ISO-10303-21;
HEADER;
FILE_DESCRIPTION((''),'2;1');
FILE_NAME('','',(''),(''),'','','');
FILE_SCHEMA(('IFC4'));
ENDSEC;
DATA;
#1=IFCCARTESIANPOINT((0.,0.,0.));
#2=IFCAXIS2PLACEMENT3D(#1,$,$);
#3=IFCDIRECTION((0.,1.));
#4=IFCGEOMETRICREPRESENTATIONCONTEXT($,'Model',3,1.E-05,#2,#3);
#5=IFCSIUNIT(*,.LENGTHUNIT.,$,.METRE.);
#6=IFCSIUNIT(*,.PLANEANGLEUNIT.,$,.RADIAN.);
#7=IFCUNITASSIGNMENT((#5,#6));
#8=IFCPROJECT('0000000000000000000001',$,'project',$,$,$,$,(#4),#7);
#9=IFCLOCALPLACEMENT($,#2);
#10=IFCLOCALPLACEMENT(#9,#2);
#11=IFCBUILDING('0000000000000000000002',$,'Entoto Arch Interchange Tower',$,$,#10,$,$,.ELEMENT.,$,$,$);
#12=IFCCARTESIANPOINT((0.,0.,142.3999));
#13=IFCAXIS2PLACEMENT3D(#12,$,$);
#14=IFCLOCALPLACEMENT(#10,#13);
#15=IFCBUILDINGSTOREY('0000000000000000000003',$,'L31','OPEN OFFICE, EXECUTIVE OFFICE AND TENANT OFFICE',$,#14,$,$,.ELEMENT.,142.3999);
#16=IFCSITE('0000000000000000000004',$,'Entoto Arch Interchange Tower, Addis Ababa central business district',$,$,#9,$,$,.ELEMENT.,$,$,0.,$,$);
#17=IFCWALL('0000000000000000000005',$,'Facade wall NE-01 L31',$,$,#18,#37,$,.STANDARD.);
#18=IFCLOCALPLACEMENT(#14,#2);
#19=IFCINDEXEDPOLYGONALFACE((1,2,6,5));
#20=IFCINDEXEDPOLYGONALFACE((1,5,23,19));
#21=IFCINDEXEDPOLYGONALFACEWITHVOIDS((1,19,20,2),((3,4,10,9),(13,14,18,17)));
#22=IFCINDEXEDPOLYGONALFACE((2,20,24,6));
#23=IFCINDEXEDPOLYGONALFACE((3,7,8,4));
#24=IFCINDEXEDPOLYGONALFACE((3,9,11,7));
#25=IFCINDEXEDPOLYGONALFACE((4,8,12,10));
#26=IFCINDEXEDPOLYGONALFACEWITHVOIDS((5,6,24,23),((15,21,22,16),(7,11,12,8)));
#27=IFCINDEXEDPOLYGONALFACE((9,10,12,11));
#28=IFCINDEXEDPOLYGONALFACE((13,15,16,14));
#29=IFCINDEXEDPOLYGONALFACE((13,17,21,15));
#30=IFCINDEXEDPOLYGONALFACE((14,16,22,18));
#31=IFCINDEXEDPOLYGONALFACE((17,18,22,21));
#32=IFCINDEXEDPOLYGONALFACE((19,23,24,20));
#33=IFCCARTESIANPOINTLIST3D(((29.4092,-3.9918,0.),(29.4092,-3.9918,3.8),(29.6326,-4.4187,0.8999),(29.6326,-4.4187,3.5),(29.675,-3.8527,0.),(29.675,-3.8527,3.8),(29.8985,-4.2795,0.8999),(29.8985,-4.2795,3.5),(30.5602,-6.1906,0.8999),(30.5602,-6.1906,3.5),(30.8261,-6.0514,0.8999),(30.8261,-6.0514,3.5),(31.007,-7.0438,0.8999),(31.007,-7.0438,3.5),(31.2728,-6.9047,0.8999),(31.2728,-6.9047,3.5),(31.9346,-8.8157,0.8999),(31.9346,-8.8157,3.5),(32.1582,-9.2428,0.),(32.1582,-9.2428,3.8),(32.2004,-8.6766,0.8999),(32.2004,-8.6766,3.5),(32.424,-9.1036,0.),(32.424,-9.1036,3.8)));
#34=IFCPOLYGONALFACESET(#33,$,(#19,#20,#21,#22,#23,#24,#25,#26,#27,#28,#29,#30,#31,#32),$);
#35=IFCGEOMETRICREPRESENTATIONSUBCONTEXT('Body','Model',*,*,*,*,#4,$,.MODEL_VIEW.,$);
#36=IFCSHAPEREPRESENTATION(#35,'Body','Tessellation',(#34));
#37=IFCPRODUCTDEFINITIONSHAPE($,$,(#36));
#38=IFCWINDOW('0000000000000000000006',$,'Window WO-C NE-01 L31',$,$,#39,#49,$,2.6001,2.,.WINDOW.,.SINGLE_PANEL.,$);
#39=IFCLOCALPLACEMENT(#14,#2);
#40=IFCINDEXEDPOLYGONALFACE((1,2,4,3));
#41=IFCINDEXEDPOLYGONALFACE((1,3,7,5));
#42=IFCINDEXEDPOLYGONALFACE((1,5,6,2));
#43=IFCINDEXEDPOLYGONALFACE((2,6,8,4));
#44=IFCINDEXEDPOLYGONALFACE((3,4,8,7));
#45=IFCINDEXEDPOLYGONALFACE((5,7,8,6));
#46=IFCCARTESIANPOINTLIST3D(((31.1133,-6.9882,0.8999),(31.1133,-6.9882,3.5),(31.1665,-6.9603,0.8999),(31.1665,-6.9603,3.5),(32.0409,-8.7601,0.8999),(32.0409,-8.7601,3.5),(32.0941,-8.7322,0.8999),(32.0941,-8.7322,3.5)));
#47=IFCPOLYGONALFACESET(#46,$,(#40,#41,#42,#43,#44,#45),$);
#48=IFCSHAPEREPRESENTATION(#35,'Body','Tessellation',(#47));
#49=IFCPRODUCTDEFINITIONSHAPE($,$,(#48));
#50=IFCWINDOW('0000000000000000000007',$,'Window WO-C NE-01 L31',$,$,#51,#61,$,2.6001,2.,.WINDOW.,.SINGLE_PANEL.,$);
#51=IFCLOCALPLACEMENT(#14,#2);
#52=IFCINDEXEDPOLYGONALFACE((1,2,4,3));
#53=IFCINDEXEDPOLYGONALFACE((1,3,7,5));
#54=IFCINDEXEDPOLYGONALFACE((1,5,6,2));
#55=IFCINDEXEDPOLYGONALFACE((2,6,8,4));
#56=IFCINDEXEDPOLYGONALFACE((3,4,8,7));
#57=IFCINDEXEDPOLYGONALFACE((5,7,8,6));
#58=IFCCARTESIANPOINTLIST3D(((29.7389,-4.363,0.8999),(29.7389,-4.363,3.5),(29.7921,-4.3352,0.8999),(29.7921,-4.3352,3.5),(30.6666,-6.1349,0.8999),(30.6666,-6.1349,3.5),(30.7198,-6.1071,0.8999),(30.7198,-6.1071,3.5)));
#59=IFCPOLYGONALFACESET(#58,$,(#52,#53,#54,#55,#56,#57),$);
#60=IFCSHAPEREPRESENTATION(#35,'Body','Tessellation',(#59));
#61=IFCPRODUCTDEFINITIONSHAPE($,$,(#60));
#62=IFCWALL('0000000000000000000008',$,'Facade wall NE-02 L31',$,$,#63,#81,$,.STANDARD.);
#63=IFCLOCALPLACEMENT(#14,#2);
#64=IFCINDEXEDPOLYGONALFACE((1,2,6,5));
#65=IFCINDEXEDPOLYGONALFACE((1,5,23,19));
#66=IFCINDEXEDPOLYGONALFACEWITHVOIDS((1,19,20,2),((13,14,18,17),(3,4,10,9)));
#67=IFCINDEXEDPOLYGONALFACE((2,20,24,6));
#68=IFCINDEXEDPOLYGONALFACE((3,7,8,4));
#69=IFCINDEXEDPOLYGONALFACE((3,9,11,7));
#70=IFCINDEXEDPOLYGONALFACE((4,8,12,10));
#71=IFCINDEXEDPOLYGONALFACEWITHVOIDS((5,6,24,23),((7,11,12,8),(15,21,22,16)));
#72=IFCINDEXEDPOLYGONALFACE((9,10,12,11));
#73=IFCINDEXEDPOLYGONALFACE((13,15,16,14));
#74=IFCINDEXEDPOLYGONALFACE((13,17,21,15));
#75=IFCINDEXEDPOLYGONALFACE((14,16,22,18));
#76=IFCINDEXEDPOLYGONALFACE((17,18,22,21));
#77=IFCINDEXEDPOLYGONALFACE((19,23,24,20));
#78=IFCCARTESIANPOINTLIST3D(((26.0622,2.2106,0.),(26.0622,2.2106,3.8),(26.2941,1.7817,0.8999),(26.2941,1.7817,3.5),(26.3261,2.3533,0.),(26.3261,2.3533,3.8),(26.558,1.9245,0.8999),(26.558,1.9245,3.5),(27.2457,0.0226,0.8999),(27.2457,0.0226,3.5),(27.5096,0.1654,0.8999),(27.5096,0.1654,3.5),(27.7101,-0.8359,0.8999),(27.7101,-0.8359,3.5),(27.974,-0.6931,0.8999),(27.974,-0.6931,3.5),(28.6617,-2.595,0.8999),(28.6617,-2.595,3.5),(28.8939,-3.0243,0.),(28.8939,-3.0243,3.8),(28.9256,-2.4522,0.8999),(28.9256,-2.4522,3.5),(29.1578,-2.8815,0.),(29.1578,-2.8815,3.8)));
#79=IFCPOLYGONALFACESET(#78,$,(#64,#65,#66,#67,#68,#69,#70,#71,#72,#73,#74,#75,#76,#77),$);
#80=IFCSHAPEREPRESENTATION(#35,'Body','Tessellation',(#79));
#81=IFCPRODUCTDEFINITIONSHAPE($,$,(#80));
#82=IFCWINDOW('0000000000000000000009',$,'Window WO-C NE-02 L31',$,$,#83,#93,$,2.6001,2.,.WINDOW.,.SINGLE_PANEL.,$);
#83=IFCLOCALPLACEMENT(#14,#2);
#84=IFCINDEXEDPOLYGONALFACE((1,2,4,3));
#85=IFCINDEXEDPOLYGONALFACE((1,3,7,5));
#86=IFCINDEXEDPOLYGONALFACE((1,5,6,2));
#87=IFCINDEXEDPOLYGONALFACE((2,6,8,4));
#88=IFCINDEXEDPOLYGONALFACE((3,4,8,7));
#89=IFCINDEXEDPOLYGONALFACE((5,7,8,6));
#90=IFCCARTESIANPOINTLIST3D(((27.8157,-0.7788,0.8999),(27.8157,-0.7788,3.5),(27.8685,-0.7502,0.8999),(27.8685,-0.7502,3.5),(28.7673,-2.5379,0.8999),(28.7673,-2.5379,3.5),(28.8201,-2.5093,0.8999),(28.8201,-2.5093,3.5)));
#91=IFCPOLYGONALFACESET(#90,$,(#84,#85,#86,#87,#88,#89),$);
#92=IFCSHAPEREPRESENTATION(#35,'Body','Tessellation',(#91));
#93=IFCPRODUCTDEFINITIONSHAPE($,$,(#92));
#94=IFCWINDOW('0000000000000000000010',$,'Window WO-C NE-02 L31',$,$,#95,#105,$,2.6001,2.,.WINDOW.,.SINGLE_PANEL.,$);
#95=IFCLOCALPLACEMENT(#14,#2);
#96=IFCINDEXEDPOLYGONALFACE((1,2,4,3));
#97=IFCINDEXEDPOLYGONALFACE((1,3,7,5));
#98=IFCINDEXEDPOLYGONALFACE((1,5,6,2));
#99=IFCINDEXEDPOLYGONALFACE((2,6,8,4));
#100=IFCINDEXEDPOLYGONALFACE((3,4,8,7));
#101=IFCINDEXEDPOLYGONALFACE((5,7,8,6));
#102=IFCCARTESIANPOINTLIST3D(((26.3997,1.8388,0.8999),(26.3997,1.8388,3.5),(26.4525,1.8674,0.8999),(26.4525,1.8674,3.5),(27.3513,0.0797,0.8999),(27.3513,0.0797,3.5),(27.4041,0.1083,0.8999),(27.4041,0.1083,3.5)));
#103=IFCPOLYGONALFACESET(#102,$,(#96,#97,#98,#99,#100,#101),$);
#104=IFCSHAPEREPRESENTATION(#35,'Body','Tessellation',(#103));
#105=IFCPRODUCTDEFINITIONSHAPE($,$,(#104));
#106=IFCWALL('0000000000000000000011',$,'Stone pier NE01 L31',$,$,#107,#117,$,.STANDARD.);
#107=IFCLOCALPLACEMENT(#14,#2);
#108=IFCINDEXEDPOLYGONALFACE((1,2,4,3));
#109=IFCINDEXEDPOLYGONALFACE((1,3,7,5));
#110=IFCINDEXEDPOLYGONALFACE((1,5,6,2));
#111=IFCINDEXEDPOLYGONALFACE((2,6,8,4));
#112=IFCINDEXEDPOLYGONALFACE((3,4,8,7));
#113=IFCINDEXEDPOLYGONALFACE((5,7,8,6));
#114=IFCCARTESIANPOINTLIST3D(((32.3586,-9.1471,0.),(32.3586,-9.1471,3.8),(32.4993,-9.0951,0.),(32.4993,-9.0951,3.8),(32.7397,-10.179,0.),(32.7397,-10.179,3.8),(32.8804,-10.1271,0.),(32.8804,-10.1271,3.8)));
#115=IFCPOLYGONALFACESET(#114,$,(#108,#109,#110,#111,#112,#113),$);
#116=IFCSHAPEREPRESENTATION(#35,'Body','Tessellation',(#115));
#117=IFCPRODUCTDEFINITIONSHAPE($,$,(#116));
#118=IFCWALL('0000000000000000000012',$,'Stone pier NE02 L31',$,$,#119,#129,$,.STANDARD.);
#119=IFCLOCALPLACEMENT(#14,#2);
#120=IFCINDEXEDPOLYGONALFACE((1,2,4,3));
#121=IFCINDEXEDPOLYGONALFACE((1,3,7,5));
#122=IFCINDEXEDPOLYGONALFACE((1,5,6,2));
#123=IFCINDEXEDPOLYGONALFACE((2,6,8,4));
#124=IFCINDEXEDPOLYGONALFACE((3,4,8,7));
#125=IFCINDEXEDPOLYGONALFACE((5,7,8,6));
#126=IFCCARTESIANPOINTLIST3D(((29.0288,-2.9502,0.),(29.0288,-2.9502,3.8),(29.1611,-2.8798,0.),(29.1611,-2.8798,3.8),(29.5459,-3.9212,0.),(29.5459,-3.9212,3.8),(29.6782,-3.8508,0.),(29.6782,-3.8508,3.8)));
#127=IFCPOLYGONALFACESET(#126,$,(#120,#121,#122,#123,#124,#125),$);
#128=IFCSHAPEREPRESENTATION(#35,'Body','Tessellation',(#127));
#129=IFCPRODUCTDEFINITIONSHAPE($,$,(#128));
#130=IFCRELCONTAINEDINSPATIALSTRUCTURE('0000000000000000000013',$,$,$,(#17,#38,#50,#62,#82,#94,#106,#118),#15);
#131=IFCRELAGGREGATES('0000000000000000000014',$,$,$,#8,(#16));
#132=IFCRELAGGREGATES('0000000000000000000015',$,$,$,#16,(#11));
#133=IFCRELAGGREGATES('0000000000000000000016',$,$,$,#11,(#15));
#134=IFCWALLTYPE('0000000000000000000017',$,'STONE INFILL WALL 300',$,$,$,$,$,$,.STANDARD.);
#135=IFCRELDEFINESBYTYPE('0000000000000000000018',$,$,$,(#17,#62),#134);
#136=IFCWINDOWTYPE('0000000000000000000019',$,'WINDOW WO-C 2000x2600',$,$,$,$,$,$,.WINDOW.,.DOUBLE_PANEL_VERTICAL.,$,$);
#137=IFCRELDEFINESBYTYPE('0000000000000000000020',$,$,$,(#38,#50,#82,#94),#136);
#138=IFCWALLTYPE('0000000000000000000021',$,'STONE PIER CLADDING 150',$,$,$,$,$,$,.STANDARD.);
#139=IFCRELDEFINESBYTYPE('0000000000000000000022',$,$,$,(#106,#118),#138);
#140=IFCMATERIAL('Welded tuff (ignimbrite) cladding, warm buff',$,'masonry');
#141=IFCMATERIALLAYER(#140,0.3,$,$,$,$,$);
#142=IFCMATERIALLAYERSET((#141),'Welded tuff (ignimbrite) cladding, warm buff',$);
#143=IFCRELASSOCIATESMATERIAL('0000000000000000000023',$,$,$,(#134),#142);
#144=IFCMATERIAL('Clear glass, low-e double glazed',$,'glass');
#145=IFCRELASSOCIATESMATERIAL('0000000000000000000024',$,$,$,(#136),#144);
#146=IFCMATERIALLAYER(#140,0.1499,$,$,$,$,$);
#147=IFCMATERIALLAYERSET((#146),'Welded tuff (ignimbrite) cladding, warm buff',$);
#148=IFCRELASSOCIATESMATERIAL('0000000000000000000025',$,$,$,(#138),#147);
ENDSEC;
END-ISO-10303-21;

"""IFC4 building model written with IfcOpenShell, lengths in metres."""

from ifc_helpers import new_model, si_unit, direction, frame, frame_2d, origin, place, context, subcontext, project, spatial, rectangle, extrude, material, layer, layer_set, type_object, element, fill, save


model = new_model("IFC4")

# Units and contexts
model_context = context("Model", 3, precision=1e-05, world=origin(), true_north=direction((0.0, 1.0)))
body_context = subcontext(model_context, "Body", "Model", "MODEL_VIEW")
ifc_project = project(units=[si_unit("LENGTHUNIT", "METRE"), si_unit("PLANEANGLEUNIT", "RADIAN")], contexts=[model_context])

# Site, building, storey
site_placement = place(None, origin())
site = spatial("IfcSite", under=ifc_project, at=site_placement, Name="Entoto Arch Interchange Tower, Addis Ababa central business district", CompositionType="ELEMENT", RefElevation=0.0)
building_placement = place(site_placement, origin())
building = spatial("IfcBuilding", under=site, at=building_placement, Name="Entoto Arch Interchange Tower", CompositionType="ELEMENT")
storey_placement = place(building_placement, frame((0.0, 0.0, 142.3999)))
storey = spatial("IfcBuildingStorey", under=building, at=storey_placement, Name="L31", Description="OPEN OFFICE, EXECUTIVE OFFICE AND TENANT OFFICE", CompositionType="ELEMENT", Elevation=142.3999)

# Shared definitions
ifc_material_1 = material(Name="Welded tuff (ignimbrite) cladding, warm buff", Category="masonry")
ifc_layer_1 = layer(ifc_material_1, 0.3)
ifc_layer_set_1 = layer_set([ifc_layer_1], Name="Welded tuff (ignimbrite) cladding, warm buff")
wall_type_1 = type_object("IfcWallType", Name="STONE INFILL WALL 300", PredefinedType="STANDARD", material=ifc_layer_set_1)
ifc_material_2 = material(Name="Clear glass, low-e double glazed", Category="glass")

# Walls, openings, windows
wall_1_placement = place(storey_placement, frame((32.291, -9.1731, 0.0), z_axis=(0.0, 0.0, 1.0), x_axis=(-0.46381, 0.885935, 0.0)))
wall_1 = element("IfcWall", 1, at=wall_1_placement, inside=storey, type_object=wall_type_1, Name="Facade wall NE-01 L31", PredefinedType="STANDARD", context=body_context, shape_type="SweptSolid", body=[
    extrude(rectangle(XDim=5.927, YDim=0.3, at=frame_2d((2.9634, 0.0))), origin(), (0.0, 0.0, 1.0), 3.8),
])
opening_1_placement = place(wall_1_placement, frame((0.4819, 0.0, 0.8999)))
opening_1 = element("IfcOpeningElement", 2, at=opening_1_placement, cuts=wall_1, PredefinedType="OPENING", context=body_context, shape_type="SweptSolid", body=[
    extrude(rectangle(XDim=2.0, YDim=2.6001, at=frame_2d((1.0, 1.3))), frame((0.0, 0.1602, 0.0), z_axis=(0.0, -1.0, 0.0), x_axis=(1.0, 0.0, 0.0)), (0.0, 0.0, 1.0), 0.3201),
])
opening_2_placement = place(wall_1_placement, frame((3.4451, 0.0, 0.8999)))
opening_2 = element("IfcOpeningElement", 3, at=opening_2_placement, cuts=wall_1, PredefinedType="OPENING", context=body_context, shape_type="SweptSolid", body=[
    extrude(rectangle(XDim=2.0, YDim=2.6001, at=frame_2d((1.0, 1.3))), frame((0.0, 0.1602, 0.0), z_axis=(0.0, -1.0, 0.0), x_axis=(1.0, 0.0, 0.0)), (0.0, 0.0, 1.0), 0.3201),
])
window_type_1 = type_object("IfcWindowType", Name="WINDOW WO-C 2000x2600", PartitioningType="DOUBLE_PANEL_VERTICAL", PredefinedType="WINDOW", material=ifc_material_2)
window_1_placement = place(opening_1_placement, origin())
window_1 = element("IfcWindow", 4, at=window_1_placement, inside=storey, type_object=window_type_1, Name="Window WO-C NE-01 L31", OverallHeight=2.6001, OverallWidth=2.0, PartitioningType="SINGLE_PANEL", PredefinedType="WINDOW", context=body_context, shape_type="SweptSolid", body=[
    extrude(rectangle(XDim=2.0, YDim=2.6001, at=frame_2d((1.0, 1.3))), frame((0.0, 0.03, 0.0), z_axis=(0.0, -1.0, 0.0), x_axis=(1.0, 0.0, 0.0)), (0.0, 0.0, 1.0), 0.0601),
])
fill(opening_1, window_1)
window_2_placement = place(opening_2_placement, origin())
window_2 = element("IfcWindow", 5, at=window_2_placement, inside=storey, type_object=window_type_1, Name="Window WO-C NE-01 L31", OverallHeight=2.6001, OverallWidth=2.0, PartitioningType="SINGLE_PANEL", PredefinedType="WINDOW", context=body_context, shape_type="SweptSolid", body=[
    extrude(rectangle(XDim=2.0, YDim=2.6001, at=frame_2d((1.0, 1.3))), frame((0.0, 0.03, 0.0), z_axis=(0.0, -1.0, 0.0), x_axis=(1.0, 0.0, 0.0)), (0.0, 0.0, 1.0), 0.0601),
])
fill(opening_2, window_2)
wall_2_placement = place(storey_placement, frame((29.0259, -2.9529, 0.0), z_axis=(0.0, 0.0, 1.0), x_axis=(-0.475794, 0.879557, 0.0)))
wall_2 = element("IfcWall", 6, at=wall_2_placement, inside=storey, type_object=wall_type_1, Name="Facade wall NE-02 L31", PredefinedType="STANDARD", context=body_context, shape_type="SweptSolid", body=[
    extrude(rectangle(XDim=5.9517, YDim=0.3, at=frame_2d((2.9758, 0.0))), origin(), (0.0, 0.0, 1.0), 3.8),
])
opening_3_placement = place(wall_2_placement, frame((0.488, 0.0, 0.8999)))
opening_3 = element("IfcOpeningElement", 7, at=opening_3_placement, cuts=wall_2, PredefinedType="OPENING", context=body_context, shape_type="SweptSolid", body=[
    extrude(rectangle(XDim=2.0, YDim=2.6001, at=frame_2d((1.0, 1.3))), frame((0.0, 0.1602, 0.0), z_axis=(0.0, -1.0, 0.0), x_axis=(1.0, 0.0, 0.0)), (0.0, 0.0, 1.0), 0.3201),
])
opening_4_placement = place(wall_2_placement, frame((3.4641, 0.0, 0.8999)))
opening_4 = element("IfcOpeningElement", 8, at=opening_4_placement, cuts=wall_2, PredefinedType="OPENING", context=body_context, shape_type="SweptSolid", body=[
    extrude(rectangle(XDim=2.0, YDim=2.6001, at=frame_2d((1.0, 1.3))), frame((0.0, 0.1602, 0.0), z_axis=(0.0, -1.0, 0.0), x_axis=(1.0, 0.0, 0.0)), (0.0, 0.0, 1.0), 0.3201),
])
window_3_placement = place(opening_3_placement, origin())
window_3 = element("IfcWindow", 9, at=window_3_placement, inside=storey, type_object=window_type_1, Name="Window WO-C NE-02 L31", OverallHeight=2.6001, OverallWidth=2.0, PartitioningType="SINGLE_PANEL", PredefinedType="WINDOW", context=body_context, shape_type="SweptSolid", body=[
    extrude(rectangle(XDim=2.0, YDim=2.6001, at=frame_2d((1.0, 1.3))), frame((0.0, 0.03, 0.0), z_axis=(0.0, -1.0, 0.0), x_axis=(1.0, 0.0, 0.0)), (0.0, 0.0, 1.0), 0.0601),
])
fill(opening_3, window_3)
window_4_placement = place(opening_4_placement, origin())
window_4 = element("IfcWindow", 10, at=window_4_placement, inside=storey, type_object=window_type_1, Name="Window WO-C NE-02 L31", OverallHeight=2.6001, OverallWidth=2.0, PartitioningType="SINGLE_PANEL", PredefinedType="WINDOW", context=body_context, shape_type="SweptSolid", body=[
    extrude(rectangle(XDim=2.0, YDim=2.6001, at=frame_2d((1.0, 1.3))), frame((0.0, 0.03, 0.0), z_axis=(0.0, -1.0, 0.0), x_axis=(1.0, 0.0, 0.0)), (0.0, 0.0, 1.0), 0.0601),
])
fill(opening_4, window_4)

# Walls
ifc_layer_2 = layer(ifc_material_1, 0.1499)
ifc_layer_set_2 = layer_set([ifc_layer_2], Name="Welded tuff (ignimbrite) cladding, warm buff")
wall_type_2 = type_object("IfcWallType", Name="STONE PIER CLADDING 150", PredefinedType="STANDARD", material=ifc_layer_set_2)
for number, where, z_axis, x_axis, name in (
    (11, (32.8101, -10.1531, 0.0), (0.0, 0.0, 1.0), (-0.346425, 0.938078, 0.0), "Stone pier NE01 L31"),
    (12, (29.6121, -3.886, 0.0), (0.0, 0.0, 1.0), (-0.470058, 0.882635, 0.0), "Stone pier NE02 L31"),
):
    element("IfcWall", number, at=place(storey_placement, frame(where, z_axis=z_axis, x_axis=x_axis)), inside=storey, type_object=wall_type_2, Name=name, PredefinedType="STANDARD", context=body_context, shape_type="SweptSolid", body=[
        extrude(rectangle(XDim=1.1001, YDim=0.1499, at=frame_2d((0.55, 0.0))), origin(), (0.0, 0.0, 1.0), 3.8),
    ])

save(model, "model.ifc")
